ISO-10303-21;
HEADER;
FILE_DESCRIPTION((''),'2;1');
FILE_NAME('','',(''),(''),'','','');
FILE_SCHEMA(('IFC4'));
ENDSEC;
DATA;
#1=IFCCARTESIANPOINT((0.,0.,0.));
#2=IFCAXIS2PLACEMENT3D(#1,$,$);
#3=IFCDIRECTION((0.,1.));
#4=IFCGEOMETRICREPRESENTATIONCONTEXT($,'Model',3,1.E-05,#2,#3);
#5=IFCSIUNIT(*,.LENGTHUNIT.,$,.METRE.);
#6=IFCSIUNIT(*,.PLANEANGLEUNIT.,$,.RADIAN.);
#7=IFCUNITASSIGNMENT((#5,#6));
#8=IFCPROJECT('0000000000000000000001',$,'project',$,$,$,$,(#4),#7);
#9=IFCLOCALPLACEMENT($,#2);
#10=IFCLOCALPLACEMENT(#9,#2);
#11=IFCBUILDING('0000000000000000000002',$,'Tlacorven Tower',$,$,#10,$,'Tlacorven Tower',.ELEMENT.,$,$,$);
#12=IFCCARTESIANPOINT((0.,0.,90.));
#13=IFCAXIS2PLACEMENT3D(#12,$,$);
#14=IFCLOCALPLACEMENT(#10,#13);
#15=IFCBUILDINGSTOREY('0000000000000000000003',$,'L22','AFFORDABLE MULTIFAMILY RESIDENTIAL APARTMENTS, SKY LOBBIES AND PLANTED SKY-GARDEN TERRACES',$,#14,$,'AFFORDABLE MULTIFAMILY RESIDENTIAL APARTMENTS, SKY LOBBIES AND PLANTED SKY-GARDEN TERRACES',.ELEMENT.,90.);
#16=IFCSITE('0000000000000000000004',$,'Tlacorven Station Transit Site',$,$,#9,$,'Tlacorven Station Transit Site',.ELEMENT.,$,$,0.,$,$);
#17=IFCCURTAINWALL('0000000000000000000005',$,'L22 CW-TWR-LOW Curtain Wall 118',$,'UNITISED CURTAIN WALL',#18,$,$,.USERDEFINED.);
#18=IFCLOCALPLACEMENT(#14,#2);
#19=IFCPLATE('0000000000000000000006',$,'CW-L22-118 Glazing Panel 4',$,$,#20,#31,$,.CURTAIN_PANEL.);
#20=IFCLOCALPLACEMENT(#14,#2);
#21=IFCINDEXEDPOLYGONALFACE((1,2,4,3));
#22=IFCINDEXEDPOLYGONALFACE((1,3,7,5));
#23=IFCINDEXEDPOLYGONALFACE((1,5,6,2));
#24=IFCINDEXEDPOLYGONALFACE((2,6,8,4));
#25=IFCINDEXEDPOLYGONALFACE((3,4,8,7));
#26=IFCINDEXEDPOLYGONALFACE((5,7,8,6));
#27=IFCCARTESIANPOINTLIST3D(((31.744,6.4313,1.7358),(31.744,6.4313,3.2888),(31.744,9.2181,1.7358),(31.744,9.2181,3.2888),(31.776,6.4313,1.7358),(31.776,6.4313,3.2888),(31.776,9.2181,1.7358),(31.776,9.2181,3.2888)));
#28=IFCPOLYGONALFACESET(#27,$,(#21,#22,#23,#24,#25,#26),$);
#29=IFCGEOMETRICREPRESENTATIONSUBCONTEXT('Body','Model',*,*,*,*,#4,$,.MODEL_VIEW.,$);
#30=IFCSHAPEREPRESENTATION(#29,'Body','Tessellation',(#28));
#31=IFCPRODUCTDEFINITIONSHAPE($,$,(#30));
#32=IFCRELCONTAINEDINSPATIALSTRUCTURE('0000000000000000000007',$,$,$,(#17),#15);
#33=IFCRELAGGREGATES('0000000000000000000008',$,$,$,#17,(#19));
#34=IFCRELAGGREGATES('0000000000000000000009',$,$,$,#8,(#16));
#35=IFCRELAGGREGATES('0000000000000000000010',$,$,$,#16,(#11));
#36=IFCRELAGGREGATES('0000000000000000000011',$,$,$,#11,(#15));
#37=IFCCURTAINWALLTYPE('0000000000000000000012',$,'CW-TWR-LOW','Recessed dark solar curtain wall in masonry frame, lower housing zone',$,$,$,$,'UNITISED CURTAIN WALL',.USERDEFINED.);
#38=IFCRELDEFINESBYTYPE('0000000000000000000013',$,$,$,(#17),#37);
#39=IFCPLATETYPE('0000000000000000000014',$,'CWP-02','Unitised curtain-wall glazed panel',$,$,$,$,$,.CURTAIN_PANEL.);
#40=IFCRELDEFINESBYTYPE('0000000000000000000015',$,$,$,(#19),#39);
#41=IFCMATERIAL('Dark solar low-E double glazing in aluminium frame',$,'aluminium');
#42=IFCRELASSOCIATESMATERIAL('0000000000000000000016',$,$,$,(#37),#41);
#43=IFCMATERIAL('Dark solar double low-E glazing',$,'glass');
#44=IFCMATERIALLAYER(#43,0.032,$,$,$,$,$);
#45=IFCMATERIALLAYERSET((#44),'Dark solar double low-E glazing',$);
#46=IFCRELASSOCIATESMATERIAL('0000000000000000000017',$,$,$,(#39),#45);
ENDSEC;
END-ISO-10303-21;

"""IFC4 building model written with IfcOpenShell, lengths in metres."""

from ifc_helpers import new_model, si_unit, direction, frame, origin, origin_2d, place, context, subcontext, project, spatial, rectangle, extrude, source, transform, mapped, material, layer, layer_set, type_object, element, aggregate, save


model = new_model("IFC4")

# Units and contexts
model_context = context("Model", 3, precision=1e-05, world=origin(), true_north=direction((0.0, 1.0)))
body_context = subcontext(model_context, "Body", "Model", "MODEL_VIEW")
ifc_project = project(units=[si_unit("LENGTHUNIT", "METRE"), si_unit("PLANEANGLEUNIT", "RADIAN")], contexts=[model_context])

# Site, building, storey
site_placement = place(None, origin())
site = spatial("IfcSite", under=ifc_project, at=site_placement, Name="Tlacorven Station Transit Site", LongName="Tlacorven Station Transit Site", CompositionType="ELEMENT", RefElevation=0.0)
building_placement = place(site_placement, origin())
building = spatial("IfcBuilding", under=site, at=building_placement, Name="Tlacorven Tower", LongName="Tlacorven Tower", CompositionType="ELEMENT")
storey_placement = place(building_placement, frame((0.0, 0.0, 90.0)))
storey = spatial("IfcBuildingStorey", under=building, at=storey_placement, Name="L22", Description="AFFORDABLE MULTIFAMILY RESIDENTIAL APARTMENTS, SKY LOBBIES AND PLANTED SKY-GARDEN TERRACES", LongName="AFFORDABLE MULTIFAMILY RESIDENTIAL APARTMENTS, SKY LOBBIES AND PLANTED SKY-GARDEN TERRACES", CompositionType="ELEMENT", Elevation=90.0)

# Curtain wall, plate
ifc_material_1 = material(Name="Dark solar low-E double glazing in aluminium frame", Category="aluminium")
curtain_wall_type = type_object("IfcCurtainWallType", Name="CW-TWR-LOW", Description="Recessed dark solar curtain wall in masonry frame, lower housing zone", ElementType="UNITISED CURTAIN WALL", PredefinedType="USERDEFINED", material=ifc_material_1)
curtain_wall_placement = place(storey_placement, origin())
curtain_wall = element("IfcCurtainWall", 1, at=curtain_wall_placement, inside=storey, type_object=curtain_wall_type, Name="L22 CW-TWR-LOW Curtain Wall 118", ObjectType="UNITISED CURTAIN WALL", PredefinedType="USERDEFINED")
ifc_material_2 = material(Name="Dark solar double low-E glazing", Category="glass")
ifc_layer = layer(ifc_material_2, 0.032)
ifc_layer_set = layer_set([ifc_layer], Name="Dark solar double low-E glazing")
plate_type = type_object("IfcPlateType", Name="CWP-02", Description="Unitised curtain-wall glazed panel", PredefinedType="CURTAIN_PANEL", material=ifc_layer_set)
shared_shape_1 = source(origin(), body_context, "Body", "SweptSolid", [
    extrude(rectangle(XDim=2.7869, YDim=0.032, at=origin_2d()), origin(), (0.0, 0.0, 1.0), 1.553),
])
plate_1_placement = place(storey_placement, frame((31.76, 7.8247, 1.7358), z_axis=(0.0, 0.0, 1.0), x_axis=(0.0, 1.0, 0.0)))
plate_1 = element("IfcPlate", 2, at=plate_1_placement, type_object=plate_type, Name="CW-L22-118 Glazing Panel 4", PredefinedType="CURTAIN_PANEL", context=body_context, shape_type="MappedRepresentation", body=[
    mapped(shared_shape_1, transform((0.0, 0.0, 0.0), scale=1.0)),
])
aggregate(curtain_wall, [plate_1])

save(model, "model.ifc")
